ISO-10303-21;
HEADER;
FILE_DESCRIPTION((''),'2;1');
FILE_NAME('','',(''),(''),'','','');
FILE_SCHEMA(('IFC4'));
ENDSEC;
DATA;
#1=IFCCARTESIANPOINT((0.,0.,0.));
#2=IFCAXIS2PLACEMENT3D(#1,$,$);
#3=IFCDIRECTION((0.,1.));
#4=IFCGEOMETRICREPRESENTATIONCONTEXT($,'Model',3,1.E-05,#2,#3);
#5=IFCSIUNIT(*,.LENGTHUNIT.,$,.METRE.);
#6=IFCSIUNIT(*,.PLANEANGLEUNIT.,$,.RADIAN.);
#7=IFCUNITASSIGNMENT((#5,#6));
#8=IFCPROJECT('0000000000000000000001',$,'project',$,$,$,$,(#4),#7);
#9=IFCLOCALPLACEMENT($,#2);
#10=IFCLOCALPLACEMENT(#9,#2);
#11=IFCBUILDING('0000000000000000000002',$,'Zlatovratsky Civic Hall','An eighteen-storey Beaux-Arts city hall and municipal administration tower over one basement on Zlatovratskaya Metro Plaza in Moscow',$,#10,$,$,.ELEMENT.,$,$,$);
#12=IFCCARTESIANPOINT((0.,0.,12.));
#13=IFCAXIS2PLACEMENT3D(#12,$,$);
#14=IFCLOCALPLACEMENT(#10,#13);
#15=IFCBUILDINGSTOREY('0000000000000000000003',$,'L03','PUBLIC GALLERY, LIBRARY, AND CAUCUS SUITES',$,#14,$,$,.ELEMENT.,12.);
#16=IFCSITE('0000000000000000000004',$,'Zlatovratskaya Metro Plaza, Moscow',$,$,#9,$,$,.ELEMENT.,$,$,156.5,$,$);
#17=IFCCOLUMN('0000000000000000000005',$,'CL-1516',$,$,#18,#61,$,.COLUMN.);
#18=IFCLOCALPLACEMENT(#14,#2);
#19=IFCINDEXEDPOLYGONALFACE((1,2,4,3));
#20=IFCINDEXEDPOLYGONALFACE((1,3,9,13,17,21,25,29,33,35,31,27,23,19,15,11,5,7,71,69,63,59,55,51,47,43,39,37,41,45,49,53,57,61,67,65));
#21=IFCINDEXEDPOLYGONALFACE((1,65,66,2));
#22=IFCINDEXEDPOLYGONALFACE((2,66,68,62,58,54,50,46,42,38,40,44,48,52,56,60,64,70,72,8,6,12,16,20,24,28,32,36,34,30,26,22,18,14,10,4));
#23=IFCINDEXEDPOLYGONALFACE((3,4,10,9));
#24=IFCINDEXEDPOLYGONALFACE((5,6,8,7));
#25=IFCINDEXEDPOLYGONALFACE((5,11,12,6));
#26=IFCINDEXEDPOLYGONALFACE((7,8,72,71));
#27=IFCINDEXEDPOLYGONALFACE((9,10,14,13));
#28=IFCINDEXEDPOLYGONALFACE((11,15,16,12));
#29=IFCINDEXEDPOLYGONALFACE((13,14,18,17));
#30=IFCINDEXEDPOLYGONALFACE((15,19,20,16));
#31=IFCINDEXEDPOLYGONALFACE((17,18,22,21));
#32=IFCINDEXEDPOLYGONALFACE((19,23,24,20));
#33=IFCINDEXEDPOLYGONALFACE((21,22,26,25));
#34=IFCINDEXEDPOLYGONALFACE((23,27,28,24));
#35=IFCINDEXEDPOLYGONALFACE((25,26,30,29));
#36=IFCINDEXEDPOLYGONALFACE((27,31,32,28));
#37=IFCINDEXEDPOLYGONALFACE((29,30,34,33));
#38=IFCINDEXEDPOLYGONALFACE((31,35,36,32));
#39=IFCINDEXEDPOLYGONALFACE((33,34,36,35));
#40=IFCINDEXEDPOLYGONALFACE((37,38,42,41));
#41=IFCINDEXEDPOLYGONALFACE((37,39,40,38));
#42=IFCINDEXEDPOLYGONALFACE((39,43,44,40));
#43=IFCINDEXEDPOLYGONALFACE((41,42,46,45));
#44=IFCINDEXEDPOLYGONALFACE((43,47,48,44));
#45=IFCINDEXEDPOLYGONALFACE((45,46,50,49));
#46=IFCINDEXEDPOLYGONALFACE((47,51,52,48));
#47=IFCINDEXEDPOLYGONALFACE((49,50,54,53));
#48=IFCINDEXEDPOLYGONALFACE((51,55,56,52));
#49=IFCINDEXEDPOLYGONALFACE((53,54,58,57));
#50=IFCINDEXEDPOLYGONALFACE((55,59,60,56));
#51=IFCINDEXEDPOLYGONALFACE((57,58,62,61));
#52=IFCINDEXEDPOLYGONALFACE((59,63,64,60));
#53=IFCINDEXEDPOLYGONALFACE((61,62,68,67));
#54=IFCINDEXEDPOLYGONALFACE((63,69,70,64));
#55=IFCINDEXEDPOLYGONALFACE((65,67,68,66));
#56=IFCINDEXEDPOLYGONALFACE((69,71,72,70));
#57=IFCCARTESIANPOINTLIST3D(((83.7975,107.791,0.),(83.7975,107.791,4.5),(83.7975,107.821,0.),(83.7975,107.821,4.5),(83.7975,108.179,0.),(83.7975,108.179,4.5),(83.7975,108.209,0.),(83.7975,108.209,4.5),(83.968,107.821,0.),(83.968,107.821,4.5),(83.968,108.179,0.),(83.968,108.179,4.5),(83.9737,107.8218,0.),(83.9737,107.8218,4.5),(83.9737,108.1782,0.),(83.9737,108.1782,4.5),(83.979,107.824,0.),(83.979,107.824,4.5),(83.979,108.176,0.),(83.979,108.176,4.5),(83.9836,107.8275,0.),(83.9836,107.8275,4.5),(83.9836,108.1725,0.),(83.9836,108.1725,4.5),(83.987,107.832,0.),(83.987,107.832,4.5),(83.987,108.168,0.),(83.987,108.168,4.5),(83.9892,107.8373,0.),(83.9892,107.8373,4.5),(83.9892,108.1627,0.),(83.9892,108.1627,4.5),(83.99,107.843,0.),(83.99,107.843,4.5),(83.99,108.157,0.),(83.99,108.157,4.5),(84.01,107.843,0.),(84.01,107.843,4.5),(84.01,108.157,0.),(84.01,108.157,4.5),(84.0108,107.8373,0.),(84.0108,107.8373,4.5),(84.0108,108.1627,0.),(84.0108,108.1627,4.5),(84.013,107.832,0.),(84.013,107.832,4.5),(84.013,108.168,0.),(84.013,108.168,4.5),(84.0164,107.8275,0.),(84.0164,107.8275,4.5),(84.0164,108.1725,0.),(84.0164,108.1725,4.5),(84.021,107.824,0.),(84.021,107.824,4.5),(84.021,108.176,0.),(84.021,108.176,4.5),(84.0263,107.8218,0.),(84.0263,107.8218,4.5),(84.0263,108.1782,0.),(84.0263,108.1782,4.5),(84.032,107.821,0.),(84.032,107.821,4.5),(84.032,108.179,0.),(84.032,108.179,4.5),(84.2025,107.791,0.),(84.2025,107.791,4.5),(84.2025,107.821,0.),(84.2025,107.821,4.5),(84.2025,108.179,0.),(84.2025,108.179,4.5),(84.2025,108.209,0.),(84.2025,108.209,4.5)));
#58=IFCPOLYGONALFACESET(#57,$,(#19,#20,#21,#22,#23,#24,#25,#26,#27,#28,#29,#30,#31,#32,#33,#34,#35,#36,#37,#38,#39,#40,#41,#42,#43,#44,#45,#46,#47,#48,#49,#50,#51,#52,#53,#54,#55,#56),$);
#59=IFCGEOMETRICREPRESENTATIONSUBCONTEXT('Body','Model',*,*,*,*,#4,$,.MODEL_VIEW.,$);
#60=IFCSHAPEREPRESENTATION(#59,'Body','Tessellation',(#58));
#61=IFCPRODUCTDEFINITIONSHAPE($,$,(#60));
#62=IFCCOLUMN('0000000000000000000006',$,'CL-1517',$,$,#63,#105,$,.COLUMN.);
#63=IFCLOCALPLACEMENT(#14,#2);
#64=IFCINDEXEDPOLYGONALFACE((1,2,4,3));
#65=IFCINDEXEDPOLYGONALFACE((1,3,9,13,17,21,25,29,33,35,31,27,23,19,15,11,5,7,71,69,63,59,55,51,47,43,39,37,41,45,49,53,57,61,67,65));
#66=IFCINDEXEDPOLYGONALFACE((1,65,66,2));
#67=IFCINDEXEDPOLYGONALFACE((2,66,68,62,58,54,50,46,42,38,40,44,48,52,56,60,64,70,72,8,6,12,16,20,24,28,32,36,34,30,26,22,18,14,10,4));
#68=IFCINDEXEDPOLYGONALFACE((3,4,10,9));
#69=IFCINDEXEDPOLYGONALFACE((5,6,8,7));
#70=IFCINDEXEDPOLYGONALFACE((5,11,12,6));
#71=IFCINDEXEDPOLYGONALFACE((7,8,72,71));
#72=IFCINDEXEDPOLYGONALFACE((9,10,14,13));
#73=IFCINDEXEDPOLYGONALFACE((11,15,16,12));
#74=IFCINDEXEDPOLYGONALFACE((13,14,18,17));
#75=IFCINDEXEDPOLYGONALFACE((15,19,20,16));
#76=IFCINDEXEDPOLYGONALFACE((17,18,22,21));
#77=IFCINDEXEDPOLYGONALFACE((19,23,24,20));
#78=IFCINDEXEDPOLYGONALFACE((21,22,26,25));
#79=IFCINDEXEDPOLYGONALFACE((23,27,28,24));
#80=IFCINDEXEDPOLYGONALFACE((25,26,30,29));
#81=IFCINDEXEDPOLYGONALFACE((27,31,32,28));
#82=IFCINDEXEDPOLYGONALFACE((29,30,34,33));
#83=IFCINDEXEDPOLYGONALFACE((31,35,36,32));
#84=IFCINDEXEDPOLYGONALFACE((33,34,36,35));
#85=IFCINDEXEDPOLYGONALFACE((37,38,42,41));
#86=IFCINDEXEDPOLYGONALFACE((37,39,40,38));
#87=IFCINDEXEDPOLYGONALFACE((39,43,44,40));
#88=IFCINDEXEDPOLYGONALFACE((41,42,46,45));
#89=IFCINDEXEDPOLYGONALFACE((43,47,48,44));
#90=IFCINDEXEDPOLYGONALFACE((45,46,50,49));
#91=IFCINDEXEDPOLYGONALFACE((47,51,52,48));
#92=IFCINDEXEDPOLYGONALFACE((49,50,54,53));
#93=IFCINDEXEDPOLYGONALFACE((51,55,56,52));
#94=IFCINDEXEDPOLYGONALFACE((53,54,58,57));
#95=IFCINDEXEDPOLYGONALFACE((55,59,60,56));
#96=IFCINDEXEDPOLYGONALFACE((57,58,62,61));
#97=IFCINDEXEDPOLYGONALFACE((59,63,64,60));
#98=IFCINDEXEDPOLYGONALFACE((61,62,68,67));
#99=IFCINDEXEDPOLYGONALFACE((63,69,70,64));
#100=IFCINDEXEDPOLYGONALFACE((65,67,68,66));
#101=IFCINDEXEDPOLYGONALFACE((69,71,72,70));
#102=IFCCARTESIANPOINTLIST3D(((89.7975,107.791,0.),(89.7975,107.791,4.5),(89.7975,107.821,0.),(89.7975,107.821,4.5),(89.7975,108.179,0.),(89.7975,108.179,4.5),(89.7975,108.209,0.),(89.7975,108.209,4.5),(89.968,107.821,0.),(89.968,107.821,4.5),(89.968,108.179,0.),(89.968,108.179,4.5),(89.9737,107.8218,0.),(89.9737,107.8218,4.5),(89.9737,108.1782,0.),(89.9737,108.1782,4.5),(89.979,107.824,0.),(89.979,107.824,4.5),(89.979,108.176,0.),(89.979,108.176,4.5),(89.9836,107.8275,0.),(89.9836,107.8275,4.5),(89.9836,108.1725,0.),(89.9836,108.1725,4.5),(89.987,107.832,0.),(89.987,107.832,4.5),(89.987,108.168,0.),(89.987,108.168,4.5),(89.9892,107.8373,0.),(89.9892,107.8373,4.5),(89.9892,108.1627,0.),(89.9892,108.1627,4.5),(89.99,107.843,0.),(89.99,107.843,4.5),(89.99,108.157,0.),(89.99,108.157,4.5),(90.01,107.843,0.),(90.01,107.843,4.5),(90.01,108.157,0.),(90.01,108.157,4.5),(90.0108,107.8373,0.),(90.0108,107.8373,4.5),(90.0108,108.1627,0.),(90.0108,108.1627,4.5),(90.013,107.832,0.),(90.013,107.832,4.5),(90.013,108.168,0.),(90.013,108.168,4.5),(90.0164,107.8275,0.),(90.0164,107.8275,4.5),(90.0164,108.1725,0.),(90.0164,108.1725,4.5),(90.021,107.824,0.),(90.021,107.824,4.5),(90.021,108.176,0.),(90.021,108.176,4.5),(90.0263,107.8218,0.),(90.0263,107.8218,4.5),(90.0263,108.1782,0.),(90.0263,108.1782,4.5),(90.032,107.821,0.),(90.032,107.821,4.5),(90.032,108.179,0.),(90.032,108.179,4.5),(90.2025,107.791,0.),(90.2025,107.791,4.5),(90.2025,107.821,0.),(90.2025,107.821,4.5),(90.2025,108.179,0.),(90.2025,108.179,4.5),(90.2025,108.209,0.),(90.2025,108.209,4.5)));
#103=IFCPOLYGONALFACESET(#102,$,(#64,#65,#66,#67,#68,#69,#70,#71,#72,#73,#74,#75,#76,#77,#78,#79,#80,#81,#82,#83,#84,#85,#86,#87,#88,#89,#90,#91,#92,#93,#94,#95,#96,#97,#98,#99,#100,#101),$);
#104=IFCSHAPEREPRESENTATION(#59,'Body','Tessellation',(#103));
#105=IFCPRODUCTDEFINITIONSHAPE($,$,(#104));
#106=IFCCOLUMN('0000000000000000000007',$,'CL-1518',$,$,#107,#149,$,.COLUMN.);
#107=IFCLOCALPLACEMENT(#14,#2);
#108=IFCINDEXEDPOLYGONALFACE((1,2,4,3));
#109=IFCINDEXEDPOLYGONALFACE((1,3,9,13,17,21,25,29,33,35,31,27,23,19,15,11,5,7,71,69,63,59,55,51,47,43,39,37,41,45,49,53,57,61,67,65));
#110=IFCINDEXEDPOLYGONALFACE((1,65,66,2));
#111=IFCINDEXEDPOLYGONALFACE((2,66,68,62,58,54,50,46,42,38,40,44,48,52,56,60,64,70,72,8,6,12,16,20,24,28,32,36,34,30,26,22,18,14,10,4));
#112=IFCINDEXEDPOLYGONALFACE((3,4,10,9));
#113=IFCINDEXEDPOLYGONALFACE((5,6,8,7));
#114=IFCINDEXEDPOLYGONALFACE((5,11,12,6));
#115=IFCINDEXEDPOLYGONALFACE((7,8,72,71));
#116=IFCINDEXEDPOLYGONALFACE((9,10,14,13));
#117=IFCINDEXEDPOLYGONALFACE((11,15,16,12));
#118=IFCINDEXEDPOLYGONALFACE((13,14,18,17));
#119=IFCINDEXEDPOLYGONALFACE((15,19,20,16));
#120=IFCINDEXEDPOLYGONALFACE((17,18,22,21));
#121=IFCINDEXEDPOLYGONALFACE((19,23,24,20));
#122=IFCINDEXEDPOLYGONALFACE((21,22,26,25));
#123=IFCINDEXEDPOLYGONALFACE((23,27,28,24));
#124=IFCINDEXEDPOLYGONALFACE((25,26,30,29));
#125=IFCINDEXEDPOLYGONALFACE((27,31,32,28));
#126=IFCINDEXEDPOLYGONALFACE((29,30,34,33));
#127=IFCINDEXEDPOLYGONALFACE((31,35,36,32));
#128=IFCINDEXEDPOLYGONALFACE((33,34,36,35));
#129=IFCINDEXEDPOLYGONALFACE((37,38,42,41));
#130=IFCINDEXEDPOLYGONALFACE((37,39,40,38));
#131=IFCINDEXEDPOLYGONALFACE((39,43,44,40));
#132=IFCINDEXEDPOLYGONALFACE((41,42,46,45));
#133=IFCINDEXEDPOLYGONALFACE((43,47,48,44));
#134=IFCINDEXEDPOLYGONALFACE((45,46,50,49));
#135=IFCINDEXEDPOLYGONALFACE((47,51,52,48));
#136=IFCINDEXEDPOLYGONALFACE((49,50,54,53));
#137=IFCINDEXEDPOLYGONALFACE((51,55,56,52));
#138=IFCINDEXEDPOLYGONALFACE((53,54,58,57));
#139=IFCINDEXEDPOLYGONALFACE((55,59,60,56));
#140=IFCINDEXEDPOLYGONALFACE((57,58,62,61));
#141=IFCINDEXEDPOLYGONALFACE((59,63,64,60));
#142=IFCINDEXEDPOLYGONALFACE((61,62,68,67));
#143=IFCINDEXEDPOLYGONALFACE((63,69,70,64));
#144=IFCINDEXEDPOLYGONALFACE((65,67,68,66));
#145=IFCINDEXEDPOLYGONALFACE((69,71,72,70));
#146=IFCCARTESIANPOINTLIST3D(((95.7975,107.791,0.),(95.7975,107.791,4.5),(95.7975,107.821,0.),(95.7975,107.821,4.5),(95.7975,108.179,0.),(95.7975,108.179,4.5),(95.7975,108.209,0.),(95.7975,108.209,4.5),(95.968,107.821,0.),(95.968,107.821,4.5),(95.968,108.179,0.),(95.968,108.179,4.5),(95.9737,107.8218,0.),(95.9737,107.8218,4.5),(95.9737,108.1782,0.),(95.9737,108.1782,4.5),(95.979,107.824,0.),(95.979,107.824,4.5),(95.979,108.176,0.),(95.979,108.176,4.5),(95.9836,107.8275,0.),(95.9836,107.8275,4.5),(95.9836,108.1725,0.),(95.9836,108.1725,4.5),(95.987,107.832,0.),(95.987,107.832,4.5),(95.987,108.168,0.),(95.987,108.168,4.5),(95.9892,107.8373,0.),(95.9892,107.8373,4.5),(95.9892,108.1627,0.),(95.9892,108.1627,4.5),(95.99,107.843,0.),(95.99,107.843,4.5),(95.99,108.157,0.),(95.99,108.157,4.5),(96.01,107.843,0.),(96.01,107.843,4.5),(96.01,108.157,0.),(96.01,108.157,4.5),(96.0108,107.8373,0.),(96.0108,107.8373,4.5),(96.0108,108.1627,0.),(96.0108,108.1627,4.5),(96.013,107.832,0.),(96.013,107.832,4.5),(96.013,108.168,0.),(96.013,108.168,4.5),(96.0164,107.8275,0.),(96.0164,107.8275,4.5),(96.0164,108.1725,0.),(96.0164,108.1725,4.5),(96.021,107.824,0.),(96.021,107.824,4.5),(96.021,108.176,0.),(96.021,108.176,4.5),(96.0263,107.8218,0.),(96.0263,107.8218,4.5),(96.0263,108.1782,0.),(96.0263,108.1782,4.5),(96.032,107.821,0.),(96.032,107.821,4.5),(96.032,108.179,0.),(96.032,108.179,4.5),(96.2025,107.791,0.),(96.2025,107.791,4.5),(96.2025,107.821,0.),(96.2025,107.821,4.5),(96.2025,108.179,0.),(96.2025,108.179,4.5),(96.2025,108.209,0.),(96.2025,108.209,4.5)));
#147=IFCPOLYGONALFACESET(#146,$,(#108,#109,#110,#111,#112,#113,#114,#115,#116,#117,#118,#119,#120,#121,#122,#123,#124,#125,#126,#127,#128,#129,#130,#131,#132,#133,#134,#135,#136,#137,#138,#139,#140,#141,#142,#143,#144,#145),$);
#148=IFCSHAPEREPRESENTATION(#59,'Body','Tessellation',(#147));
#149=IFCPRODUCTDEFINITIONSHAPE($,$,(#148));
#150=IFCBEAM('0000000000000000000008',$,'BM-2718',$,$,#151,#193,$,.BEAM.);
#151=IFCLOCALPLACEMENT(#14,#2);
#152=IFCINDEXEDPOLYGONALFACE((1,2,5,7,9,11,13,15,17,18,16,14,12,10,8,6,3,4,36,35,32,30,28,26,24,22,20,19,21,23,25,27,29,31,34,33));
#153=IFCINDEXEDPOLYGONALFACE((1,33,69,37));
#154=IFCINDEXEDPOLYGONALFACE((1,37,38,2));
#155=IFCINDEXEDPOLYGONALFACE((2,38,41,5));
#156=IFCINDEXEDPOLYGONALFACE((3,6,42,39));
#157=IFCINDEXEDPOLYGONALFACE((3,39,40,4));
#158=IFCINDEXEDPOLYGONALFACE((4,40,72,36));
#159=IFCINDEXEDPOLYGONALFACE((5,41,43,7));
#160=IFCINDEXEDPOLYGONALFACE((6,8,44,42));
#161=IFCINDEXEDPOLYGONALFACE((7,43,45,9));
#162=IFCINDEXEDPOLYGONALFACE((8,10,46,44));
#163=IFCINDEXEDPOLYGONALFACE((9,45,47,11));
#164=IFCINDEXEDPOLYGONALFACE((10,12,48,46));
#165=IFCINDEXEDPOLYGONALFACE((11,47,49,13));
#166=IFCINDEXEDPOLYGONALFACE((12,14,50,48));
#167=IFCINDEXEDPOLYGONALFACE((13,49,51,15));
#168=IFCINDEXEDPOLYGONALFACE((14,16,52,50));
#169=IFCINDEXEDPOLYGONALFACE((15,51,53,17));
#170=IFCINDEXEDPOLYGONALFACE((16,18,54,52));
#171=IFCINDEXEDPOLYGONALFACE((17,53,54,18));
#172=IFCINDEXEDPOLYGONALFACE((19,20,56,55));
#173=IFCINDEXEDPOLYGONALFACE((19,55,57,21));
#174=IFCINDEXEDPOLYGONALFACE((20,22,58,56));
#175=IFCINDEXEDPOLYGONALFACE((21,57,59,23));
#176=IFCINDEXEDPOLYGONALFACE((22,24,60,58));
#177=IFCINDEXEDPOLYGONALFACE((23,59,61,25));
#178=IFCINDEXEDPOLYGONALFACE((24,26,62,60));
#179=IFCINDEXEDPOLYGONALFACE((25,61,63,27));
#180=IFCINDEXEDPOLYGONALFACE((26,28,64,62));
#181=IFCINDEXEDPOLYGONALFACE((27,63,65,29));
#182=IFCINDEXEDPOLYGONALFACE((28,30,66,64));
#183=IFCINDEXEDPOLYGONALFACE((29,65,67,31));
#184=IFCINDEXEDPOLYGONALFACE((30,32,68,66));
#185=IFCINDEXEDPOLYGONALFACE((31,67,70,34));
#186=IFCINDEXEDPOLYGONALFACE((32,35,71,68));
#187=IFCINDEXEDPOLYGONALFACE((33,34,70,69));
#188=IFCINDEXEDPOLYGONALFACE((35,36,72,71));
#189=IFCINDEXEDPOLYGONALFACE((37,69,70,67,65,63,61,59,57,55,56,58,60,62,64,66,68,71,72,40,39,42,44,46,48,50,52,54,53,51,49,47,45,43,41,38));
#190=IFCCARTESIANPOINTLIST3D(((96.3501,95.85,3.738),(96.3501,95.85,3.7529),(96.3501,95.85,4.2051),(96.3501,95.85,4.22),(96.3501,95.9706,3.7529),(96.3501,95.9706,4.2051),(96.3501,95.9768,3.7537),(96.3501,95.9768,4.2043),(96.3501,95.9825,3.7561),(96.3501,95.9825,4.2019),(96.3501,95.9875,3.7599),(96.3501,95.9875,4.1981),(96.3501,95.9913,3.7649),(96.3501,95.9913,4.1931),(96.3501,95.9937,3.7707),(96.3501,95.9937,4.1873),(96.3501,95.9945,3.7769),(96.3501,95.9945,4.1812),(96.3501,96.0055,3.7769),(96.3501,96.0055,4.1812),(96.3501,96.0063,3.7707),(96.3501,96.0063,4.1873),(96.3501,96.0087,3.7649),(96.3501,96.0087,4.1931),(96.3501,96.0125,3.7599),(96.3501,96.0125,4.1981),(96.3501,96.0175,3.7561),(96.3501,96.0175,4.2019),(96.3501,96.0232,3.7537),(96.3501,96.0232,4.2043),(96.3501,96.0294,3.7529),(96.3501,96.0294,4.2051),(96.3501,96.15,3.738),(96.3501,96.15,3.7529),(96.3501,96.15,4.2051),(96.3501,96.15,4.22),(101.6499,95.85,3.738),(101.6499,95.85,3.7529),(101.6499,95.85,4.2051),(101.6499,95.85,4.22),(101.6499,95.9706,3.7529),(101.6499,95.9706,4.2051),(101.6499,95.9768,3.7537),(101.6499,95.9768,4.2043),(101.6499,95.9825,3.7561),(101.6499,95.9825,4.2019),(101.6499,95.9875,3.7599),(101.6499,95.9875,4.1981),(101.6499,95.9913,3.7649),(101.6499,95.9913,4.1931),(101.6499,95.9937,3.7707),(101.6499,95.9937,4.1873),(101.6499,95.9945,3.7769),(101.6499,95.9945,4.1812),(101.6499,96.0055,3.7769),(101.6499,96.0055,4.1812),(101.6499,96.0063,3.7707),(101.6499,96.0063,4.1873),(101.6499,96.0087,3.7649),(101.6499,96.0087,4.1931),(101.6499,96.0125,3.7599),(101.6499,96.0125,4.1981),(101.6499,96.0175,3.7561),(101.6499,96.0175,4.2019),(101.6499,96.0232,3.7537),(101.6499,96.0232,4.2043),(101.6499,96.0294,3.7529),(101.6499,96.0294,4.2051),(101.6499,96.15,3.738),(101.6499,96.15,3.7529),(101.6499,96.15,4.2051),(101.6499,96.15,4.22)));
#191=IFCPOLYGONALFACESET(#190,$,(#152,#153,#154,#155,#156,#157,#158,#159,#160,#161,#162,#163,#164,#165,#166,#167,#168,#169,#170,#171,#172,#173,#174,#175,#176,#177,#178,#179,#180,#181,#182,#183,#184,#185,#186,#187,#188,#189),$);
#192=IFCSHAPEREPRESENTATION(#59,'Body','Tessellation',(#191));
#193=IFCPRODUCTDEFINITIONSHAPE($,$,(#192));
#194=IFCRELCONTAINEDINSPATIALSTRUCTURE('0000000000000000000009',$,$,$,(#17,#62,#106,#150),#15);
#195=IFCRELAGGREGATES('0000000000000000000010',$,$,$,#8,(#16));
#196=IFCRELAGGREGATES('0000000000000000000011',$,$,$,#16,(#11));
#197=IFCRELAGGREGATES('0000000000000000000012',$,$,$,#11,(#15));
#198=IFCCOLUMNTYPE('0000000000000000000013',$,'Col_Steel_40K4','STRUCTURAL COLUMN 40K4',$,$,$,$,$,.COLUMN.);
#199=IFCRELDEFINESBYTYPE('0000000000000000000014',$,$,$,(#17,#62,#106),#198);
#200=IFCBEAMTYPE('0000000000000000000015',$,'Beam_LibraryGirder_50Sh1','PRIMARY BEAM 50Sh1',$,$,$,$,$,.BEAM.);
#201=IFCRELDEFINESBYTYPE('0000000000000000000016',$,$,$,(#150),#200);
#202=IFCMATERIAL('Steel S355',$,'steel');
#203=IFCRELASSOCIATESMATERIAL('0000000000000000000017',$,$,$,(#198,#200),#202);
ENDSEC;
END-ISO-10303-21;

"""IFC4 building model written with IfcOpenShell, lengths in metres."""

from ifc_helpers import new_model, si_unit, direction, frame, origin, origin_2d, place, context, subcontext, project, spatial, i_section, extrude, material, material_profile, profile_set, type_object, element, save


model = new_model("IFC4")

# Units and contexts
model_context = context("Model", 3, precision=1e-05, world=origin(), true_north=direction((0.0, 1.0)))
body_context = subcontext(model_context, "Body", "Model", "MODEL_VIEW")
ifc_project = project(units=[si_unit("LENGTHUNIT", "METRE"), si_unit("PLANEANGLEUNIT", "RADIAN")], contexts=[model_context])

# Site, building, storey
site_placement = place(None, origin())
site = spatial("IfcSite", under=ifc_project, at=site_placement, Name="Zlatovratskaya Metro Plaza, Moscow", CompositionType="ELEMENT", RefElevation=156.5)
building_placement = place(site_placement, origin())
building = spatial("IfcBuilding", under=site, at=building_placement, Name="Zlatovratsky Civic Hall", Description="An eighteen-storey Beaux-Arts city hall and municipal administration tower over one basement on Zlatovratskaya Metro Plaza in Moscow", CompositionType="ELEMENT")
storey_placement = place(building_placement, frame((0.0, 0.0, 12.0)))
storey = spatial("IfcBuildingStorey", under=building, at=storey_placement, Name="L03", Description="PUBLIC GALLERY, LIBRARY, AND CAUCUS SUITES", CompositionType="ELEMENT", Elevation=12.0)

# Columns
ifc_material_1 = material(Name="Steel S355", Category="steel")
ifc_material_profile_1 = material_profile(ifc_material_1, i_section(OverallWidth=0.405, OverallDepth=0.418, WebThickness=0.02, FlangeThickness=0.03, FilletRadius=0.022, at=origin_2d()), Name="40K4")
ifc_profile_set_1 = profile_set([ifc_material_profile_1], Name="Steel S355")
column_type_1 = type_object("IfcColumnType", Name="Col_Steel_40K4", Description="STRUCTURAL COLUMN 40K4", PredefinedType="COLUMN", material=ifc_profile_set_1)
for number, where, z_axis, x_axis, name in (
    (1, (84.0, 108.0, 0.0), (0.0, 0.0, 1.0), (1.0, 0.0, 0.0), "CL-1516"),
    (2, (90.0, 108.0, 0.0), (0.0, 0.0, 1.0), (1.0, 0.0, 0.0), "CL-1517"),
    (3, (96.0, 108.0, 0.0), (0.0, 0.0, 1.0), (1.0, 0.0, 0.0), "CL-1518"),
):
    element("IfcColumn", number, at=place(storey_placement, frame(where, z_axis=z_axis, x_axis=x_axis)), inside=storey, type_object=column_type_1, Name=name, PredefinedType="COLUMN", context=body_context, shape_type="SweptSolid", body=[
        extrude(i_section(OverallWidth=0.405, OverallDepth=0.418, WebThickness=0.02, FlangeThickness=0.03, FilletRadius=0.022, at=origin_2d()), origin(), (0.0, 0.0, 1.0), 4.5),
    ])

# Beam
ifc_material_profile_2 = material_profile(ifc_material_1, i_section(OverallWidth=0.3, OverallDepth=0.4819, WebThickness=0.011, FlangeThickness=0.0149, FilletRadius=0.0239, at=origin_2d()), Name="50Sh1")
ifc_profile_set_2 = profile_set([ifc_material_profile_2], Name="Steel S355")
beam_type_1 = type_object("IfcBeamType", Name="Beam_LibraryGirder_50Sh1", Description="PRIMARY BEAM 50Sh1", PredefinedType="BEAM", material=ifc_profile_set_2)
beam_1_placement = place(storey_placement, frame((96.3501, 96.0, 3.979), z_axis=(1.0, 0.0, 0.0), x_axis=(0.0, 1.0, 0.0)))
element("IfcBeam", 4, at=beam_1_placement, inside=storey, type_object=beam_type_1, Name="BM-2718", PredefinedType="BEAM", context=body_context, shape_type="SweptSolid", body=[
    extrude(i_section(OverallWidth=0.3, OverallDepth=0.4819, WebThickness=0.011, FlangeThickness=0.0149, FilletRadius=0.0239, at=origin_2d()), origin(), (0.0, 0.0, 1.0), 5.2998),
])

save(model, "model.ifc")
